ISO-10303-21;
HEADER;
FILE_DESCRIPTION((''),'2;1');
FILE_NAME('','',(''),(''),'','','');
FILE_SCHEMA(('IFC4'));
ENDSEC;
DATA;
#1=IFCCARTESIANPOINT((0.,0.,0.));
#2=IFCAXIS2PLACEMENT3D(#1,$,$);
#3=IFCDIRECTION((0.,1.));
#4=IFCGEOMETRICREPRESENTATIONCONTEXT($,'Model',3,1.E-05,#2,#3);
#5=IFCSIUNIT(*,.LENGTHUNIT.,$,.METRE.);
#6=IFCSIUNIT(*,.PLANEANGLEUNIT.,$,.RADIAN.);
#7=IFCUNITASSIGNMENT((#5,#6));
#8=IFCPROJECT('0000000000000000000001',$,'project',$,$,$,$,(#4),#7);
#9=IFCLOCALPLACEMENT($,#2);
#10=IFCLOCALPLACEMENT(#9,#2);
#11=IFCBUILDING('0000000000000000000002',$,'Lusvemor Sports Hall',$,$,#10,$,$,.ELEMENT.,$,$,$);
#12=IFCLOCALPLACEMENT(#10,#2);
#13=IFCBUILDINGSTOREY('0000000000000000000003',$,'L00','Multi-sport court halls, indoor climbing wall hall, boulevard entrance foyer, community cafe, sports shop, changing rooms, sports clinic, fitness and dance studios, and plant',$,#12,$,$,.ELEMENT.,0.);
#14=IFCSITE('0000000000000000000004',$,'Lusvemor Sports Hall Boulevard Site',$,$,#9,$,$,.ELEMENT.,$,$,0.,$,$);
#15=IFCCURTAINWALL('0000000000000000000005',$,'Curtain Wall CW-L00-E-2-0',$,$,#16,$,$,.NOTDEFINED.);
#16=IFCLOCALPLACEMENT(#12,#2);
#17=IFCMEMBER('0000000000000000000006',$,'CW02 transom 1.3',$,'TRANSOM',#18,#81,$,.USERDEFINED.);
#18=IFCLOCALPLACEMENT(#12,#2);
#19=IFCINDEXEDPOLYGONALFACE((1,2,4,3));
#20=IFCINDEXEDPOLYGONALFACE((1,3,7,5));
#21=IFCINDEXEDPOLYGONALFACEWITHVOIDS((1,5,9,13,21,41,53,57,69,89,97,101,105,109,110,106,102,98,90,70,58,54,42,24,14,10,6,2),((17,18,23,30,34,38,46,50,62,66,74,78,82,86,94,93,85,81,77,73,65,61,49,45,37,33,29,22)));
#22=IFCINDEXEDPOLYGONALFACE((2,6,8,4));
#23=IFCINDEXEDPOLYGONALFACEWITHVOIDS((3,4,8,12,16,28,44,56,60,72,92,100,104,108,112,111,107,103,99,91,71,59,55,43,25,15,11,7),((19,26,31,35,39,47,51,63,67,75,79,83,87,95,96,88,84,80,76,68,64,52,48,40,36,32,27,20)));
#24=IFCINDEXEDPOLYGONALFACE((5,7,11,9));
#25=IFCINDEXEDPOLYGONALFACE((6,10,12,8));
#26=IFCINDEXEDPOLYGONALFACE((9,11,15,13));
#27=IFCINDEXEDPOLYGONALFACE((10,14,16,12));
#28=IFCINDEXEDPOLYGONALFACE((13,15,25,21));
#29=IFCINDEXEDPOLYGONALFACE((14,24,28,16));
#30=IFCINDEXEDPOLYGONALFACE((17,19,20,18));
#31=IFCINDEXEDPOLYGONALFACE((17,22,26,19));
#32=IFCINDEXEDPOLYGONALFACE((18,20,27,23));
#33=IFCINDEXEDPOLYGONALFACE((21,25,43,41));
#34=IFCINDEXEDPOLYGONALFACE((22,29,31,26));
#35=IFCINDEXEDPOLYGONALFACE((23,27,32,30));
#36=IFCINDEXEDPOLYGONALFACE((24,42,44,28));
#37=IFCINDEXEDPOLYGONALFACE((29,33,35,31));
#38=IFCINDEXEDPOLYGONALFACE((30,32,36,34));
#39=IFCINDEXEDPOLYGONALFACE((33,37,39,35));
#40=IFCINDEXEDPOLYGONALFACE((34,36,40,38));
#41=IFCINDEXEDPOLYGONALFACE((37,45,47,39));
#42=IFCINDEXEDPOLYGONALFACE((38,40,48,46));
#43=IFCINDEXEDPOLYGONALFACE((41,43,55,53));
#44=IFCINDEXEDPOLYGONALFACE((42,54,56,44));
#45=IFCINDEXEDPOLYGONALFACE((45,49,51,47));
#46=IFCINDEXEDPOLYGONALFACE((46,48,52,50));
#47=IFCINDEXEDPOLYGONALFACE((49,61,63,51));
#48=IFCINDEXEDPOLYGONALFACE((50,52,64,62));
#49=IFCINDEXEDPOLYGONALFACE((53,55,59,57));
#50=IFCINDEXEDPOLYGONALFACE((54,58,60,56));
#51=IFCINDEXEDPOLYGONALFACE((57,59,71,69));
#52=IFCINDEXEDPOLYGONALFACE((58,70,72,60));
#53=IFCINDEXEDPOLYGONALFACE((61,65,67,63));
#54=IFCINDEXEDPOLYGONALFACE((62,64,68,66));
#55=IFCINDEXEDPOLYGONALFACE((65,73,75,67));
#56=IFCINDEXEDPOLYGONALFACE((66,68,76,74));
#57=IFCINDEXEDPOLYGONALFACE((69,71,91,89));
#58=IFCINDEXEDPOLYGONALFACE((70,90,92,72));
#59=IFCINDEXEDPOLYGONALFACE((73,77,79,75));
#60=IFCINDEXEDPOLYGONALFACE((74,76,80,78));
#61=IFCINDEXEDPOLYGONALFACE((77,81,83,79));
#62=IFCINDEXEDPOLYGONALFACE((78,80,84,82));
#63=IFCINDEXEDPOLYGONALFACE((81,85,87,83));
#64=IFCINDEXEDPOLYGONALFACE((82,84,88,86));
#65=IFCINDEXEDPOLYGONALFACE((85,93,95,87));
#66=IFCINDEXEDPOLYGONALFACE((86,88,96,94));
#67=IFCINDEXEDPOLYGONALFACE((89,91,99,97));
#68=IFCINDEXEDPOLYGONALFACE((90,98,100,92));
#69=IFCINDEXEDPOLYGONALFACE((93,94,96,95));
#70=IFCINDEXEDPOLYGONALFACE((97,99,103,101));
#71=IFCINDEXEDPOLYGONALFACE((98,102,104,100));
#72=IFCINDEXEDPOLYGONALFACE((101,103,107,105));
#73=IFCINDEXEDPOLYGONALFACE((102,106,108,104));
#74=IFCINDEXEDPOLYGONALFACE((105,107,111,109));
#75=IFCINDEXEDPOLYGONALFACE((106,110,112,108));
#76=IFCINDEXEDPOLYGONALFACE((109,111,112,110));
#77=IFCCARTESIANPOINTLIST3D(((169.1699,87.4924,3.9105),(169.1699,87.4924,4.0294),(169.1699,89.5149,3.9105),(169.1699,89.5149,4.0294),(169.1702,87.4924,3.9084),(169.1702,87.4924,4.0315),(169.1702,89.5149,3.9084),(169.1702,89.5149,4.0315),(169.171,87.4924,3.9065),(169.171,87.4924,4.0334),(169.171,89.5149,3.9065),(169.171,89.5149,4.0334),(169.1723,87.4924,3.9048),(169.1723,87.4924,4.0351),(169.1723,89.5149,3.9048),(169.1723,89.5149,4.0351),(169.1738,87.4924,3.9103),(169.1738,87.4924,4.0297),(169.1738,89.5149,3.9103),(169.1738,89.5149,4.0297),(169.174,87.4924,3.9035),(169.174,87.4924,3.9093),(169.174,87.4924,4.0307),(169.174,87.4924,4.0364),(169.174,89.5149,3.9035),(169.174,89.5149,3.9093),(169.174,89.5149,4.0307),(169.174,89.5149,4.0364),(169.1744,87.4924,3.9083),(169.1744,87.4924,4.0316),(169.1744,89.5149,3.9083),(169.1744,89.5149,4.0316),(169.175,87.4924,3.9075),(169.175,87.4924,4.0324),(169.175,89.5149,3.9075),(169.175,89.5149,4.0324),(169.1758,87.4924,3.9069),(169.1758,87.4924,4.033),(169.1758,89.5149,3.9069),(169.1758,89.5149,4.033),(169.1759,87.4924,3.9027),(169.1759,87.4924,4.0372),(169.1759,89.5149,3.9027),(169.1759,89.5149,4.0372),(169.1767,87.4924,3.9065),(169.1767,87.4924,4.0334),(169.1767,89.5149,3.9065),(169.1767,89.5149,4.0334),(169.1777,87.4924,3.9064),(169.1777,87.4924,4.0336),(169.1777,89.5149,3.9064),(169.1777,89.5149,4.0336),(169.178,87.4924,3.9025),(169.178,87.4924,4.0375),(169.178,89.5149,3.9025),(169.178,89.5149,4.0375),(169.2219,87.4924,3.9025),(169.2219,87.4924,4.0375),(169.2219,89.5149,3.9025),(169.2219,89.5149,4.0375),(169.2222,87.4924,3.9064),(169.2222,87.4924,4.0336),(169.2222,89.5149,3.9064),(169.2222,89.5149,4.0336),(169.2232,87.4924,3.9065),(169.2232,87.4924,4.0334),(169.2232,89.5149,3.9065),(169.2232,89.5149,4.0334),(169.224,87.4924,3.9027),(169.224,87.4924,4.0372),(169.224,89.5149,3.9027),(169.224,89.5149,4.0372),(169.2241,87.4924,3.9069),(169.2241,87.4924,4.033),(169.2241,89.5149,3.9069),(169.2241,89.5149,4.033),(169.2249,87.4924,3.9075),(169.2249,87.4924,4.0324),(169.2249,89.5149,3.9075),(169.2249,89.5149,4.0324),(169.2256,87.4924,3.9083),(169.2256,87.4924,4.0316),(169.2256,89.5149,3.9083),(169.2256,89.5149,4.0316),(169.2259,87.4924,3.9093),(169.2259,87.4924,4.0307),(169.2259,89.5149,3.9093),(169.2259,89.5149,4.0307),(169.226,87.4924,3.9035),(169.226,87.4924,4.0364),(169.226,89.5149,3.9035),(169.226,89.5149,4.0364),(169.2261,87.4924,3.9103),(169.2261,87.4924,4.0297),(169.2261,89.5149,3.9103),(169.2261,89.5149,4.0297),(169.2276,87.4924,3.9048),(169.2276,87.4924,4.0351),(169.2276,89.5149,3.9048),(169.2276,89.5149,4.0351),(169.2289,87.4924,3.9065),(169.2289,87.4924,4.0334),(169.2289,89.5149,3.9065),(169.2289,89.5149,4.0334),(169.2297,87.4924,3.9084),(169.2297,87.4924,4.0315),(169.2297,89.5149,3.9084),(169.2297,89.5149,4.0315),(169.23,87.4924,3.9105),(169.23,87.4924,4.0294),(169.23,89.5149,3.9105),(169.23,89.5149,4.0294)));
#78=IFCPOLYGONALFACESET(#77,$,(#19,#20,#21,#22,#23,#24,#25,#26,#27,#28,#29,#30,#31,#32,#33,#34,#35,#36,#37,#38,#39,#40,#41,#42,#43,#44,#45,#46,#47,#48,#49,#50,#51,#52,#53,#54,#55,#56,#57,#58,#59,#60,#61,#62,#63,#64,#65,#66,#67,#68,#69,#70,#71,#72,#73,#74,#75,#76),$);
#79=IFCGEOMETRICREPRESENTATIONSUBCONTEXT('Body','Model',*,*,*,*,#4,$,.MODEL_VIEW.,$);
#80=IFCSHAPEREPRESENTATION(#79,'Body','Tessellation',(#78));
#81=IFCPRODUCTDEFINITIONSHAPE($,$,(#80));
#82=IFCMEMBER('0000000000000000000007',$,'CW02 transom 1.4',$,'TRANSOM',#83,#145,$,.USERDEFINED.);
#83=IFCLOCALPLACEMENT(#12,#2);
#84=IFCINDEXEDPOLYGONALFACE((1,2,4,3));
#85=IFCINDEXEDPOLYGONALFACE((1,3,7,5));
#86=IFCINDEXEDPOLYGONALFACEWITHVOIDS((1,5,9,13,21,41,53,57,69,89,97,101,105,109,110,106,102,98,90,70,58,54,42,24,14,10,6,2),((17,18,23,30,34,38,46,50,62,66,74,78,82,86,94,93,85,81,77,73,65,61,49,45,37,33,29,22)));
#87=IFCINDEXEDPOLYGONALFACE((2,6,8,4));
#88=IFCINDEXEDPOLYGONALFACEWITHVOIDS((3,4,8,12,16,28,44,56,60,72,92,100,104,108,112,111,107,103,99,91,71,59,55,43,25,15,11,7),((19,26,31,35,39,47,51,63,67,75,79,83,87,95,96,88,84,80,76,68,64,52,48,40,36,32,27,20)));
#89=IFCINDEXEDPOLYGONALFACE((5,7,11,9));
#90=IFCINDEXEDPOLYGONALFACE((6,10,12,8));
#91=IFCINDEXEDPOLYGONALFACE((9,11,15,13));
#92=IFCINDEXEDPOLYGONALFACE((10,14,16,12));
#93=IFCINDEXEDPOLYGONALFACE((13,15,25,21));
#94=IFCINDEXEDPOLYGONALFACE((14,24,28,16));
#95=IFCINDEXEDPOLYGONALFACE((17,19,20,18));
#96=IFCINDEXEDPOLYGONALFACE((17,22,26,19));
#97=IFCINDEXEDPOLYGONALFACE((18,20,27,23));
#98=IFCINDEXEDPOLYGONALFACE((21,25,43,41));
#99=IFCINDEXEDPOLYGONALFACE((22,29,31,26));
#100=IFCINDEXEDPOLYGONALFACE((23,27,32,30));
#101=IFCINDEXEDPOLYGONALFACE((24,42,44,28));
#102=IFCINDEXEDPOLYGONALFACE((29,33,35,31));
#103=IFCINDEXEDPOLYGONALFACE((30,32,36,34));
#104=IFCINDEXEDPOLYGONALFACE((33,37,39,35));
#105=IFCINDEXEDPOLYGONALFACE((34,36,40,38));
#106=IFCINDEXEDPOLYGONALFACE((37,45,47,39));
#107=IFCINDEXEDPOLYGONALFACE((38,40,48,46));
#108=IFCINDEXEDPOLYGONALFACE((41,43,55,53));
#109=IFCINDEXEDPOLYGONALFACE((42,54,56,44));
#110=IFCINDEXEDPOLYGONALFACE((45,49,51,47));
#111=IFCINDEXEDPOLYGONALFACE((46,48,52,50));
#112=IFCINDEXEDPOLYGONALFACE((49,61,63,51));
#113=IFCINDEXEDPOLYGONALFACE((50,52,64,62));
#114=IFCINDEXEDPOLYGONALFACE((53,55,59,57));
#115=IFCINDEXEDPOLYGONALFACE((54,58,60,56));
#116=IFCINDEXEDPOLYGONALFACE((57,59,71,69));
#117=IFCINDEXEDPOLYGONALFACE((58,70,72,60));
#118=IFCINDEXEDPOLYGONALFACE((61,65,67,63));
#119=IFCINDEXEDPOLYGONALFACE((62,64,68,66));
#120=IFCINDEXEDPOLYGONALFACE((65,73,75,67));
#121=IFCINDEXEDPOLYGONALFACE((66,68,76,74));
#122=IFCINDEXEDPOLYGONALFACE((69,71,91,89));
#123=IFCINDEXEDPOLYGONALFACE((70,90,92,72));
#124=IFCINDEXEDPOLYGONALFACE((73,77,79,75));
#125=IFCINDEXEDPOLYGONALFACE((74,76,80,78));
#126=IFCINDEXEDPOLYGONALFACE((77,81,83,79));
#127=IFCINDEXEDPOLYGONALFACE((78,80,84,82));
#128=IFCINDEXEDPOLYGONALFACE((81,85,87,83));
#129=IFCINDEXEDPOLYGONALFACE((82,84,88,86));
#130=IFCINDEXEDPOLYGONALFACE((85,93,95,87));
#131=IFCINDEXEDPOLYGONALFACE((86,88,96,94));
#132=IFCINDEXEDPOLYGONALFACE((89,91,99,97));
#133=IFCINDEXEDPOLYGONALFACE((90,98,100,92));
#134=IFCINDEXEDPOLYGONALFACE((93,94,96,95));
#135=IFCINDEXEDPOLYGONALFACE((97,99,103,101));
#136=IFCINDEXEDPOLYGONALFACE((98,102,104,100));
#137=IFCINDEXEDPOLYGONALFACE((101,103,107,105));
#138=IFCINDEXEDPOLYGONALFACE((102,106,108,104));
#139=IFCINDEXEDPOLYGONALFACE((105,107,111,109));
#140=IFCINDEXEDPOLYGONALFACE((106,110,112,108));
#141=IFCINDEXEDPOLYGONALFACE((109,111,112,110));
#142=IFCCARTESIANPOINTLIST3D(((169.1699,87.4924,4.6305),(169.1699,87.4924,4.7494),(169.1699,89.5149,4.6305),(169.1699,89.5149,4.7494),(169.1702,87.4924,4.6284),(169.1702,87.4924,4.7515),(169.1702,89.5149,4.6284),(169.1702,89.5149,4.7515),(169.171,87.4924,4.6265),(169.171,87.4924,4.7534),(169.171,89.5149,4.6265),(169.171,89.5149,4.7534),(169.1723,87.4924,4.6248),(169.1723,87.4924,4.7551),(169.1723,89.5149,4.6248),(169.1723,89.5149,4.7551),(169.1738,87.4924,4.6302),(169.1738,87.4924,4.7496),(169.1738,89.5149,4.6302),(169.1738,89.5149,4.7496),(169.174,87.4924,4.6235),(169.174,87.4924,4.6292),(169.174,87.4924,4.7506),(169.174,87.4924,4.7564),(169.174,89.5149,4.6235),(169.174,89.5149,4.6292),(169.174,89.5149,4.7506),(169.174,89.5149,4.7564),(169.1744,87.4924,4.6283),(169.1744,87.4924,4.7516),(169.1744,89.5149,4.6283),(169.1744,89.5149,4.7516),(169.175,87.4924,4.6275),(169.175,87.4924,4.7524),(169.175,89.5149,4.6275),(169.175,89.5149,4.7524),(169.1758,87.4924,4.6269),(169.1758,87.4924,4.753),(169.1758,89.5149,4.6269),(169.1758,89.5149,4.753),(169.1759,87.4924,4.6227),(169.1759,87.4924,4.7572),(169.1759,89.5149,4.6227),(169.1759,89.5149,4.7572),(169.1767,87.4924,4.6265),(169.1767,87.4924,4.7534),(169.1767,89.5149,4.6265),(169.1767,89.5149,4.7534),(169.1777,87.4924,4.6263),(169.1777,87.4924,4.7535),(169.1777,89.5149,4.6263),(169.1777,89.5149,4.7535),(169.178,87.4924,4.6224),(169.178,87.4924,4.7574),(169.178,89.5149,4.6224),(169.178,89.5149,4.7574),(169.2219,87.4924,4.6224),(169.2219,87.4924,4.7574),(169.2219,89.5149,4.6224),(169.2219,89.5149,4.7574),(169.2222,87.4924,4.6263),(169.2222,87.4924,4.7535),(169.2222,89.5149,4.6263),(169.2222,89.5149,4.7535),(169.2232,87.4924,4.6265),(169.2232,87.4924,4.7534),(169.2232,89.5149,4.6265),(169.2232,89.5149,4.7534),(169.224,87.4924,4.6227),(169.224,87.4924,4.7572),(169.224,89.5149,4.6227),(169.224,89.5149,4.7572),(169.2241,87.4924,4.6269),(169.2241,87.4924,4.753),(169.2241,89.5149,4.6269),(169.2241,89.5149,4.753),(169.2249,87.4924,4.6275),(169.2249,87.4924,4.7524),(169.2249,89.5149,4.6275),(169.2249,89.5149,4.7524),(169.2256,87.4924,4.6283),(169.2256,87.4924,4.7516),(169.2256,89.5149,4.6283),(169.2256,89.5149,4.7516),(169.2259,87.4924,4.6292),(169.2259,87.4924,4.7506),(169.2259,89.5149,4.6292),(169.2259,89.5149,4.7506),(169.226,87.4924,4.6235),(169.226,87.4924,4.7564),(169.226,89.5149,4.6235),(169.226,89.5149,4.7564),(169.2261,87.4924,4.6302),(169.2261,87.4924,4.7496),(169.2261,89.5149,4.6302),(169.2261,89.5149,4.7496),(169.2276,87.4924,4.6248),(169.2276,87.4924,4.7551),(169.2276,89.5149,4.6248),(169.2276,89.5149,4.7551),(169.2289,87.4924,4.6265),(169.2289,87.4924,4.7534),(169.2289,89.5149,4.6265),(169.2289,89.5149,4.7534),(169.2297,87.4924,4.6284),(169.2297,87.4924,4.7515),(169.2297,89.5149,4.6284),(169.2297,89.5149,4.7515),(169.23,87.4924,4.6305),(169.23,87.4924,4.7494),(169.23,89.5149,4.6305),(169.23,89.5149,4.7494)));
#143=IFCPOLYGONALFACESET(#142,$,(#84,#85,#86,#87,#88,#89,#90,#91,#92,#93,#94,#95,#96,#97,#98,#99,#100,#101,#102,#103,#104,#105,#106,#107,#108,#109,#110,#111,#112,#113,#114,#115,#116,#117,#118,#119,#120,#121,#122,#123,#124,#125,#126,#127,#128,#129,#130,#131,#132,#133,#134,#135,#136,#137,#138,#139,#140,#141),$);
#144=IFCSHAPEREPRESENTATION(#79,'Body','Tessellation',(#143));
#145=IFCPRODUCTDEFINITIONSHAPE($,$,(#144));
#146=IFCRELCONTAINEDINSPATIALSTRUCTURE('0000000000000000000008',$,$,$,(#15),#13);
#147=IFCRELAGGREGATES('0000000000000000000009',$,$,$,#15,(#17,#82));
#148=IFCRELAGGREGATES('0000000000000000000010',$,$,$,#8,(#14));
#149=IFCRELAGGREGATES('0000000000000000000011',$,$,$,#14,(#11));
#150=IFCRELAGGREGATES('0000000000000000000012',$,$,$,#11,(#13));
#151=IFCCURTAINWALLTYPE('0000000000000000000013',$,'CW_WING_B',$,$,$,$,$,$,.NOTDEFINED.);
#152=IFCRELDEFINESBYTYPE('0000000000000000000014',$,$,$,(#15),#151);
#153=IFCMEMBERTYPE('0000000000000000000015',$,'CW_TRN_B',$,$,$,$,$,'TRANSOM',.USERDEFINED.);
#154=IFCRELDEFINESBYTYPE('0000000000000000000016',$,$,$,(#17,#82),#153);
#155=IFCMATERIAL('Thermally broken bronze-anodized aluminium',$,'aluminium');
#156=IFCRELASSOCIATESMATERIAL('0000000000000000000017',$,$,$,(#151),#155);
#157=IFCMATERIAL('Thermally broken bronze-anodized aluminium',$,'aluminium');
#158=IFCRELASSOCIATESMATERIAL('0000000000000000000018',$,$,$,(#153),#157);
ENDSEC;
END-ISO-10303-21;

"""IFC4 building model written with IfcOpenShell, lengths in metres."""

from ifc_helpers import new_model, si_unit, direction, frame, origin, origin_2d, place, context, subcontext, project, spatial, hollow_rectangle, extrude, material, material_profile, profile_set, type_object, element, aggregate, save


model = new_model("IFC4")

# Units and contexts
model_context = context("Model", 3, precision=1e-05, world=origin(), true_north=direction((0.0, 1.0)))
body_context = subcontext(model_context, "Body", "Model", "MODEL_VIEW")
ifc_project = project(units=[si_unit("LENGTHUNIT", "METRE"), si_unit("PLANEANGLEUNIT", "RADIAN")], contexts=[model_context])

# Site, building, storey
site_placement = place(None, origin())
site = spatial("IfcSite", under=ifc_project, at=site_placement, Name="Lusvemor Sports Hall Boulevard Site", CompositionType="ELEMENT", RefElevation=0.0)
building_placement = place(site_placement, origin())
building = spatial("IfcBuilding", under=site, at=building_placement, Name="Lusvemor Sports Hall", CompositionType="ELEMENT")
storey_placement = place(building_placement, origin())
storey = spatial("IfcBuildingStorey", under=building, at=storey_placement, Name="L00", Description="Multi-sport court halls, indoor climbing wall hall, boulevard entrance foyer, community cafe, sports shop, changing rooms, sports clinic, fitness and dance studios, and plant", CompositionType="ELEMENT", Elevation=0.0)

# Curtain wall, members
ifc_material_1 = material(Name="Thermally broken bronze-anodized aluminium", Category="aluminium")
curtain_wall_type = type_object("IfcCurtainWallType", Name="CW_WING_B", PredefinedType="NOTDEFINED", material=ifc_material_1)
curtain_wall_placement = place(storey_placement, origin())
curtain_wall = element("IfcCurtainWall", 1, at=curtain_wall_placement, inside=storey, type_object=curtain_wall_type, Name="Curtain Wall CW-L00-E-2-0", PredefinedType="NOTDEFINED")
ifc_material_2 = material(Name="Thermally broken bronze-anodized aluminium", Category="aluminium")
ifc_material_profile_1 = material_profile(ifc_material_2, hollow_rectangle(XDim=0.0601, YDim=0.135, WallThickness=0.0039, InnerFilletRadius=0.0039, OuterFilletRadius=0.0081, at=origin_2d()), Name="CWTRN135x60x4")
ifc_profile_set_1 = profile_set([ifc_material_profile_1], Name="Thermally broken bronze-anodized aluminium")
member_type_1 = type_object("IfcMemberType", Name="CW_TRN_B", ElementType="TRANSOM", PredefinedType="USERDEFINED", material=ifc_profile_set_1)
member_1_placement = place(storey_placement, frame((169.2, 89.5149, 3.97), z_axis=(0.0, -1.0, 0.0), x_axis=(1.0, 0.0, 0.0)))
member_1 = element("IfcMember", 2, at=member_1_placement, type_object=member_type_1, Name="CW02 transom 1.3", ObjectType="TRANSOM", PredefinedType="USERDEFINED", context=body_context, shape_type="SweptSolid", body=[
    extrude(hollow_rectangle(XDim=0.0601, YDim=0.135, WallThickness=0.0039, InnerFilletRadius=0.0039, OuterFilletRadius=0.0081, at=origin_2d()), origin(), (0.0, 0.0, 1.0), 2.0225),
])
member_2_placement = place(storey_placement, frame((169.2, 89.5149, 4.6899), z_axis=(0.0, -1.0, 0.0), x_axis=(1.0, 0.0, 0.0)))
member_2 = element("IfcMember", 3, at=member_2_placement, type_object=member_type_1, Name="CW02 transom 1.4", ObjectType="TRANSOM", PredefinedType="USERDEFINED", context=body_context, shape_type="SweptSolid", body=[
    extrude(hollow_rectangle(XDim=0.0601, YDim=0.135, WallThickness=0.0039, InnerFilletRadius=0.0039, OuterFilletRadius=0.0081, at=origin_2d()), origin(), (0.0, 0.0, 1.0), 2.0225),
])
aggregate(curtain_wall, [member_1, member_2])

save(model, "model.ifc")
